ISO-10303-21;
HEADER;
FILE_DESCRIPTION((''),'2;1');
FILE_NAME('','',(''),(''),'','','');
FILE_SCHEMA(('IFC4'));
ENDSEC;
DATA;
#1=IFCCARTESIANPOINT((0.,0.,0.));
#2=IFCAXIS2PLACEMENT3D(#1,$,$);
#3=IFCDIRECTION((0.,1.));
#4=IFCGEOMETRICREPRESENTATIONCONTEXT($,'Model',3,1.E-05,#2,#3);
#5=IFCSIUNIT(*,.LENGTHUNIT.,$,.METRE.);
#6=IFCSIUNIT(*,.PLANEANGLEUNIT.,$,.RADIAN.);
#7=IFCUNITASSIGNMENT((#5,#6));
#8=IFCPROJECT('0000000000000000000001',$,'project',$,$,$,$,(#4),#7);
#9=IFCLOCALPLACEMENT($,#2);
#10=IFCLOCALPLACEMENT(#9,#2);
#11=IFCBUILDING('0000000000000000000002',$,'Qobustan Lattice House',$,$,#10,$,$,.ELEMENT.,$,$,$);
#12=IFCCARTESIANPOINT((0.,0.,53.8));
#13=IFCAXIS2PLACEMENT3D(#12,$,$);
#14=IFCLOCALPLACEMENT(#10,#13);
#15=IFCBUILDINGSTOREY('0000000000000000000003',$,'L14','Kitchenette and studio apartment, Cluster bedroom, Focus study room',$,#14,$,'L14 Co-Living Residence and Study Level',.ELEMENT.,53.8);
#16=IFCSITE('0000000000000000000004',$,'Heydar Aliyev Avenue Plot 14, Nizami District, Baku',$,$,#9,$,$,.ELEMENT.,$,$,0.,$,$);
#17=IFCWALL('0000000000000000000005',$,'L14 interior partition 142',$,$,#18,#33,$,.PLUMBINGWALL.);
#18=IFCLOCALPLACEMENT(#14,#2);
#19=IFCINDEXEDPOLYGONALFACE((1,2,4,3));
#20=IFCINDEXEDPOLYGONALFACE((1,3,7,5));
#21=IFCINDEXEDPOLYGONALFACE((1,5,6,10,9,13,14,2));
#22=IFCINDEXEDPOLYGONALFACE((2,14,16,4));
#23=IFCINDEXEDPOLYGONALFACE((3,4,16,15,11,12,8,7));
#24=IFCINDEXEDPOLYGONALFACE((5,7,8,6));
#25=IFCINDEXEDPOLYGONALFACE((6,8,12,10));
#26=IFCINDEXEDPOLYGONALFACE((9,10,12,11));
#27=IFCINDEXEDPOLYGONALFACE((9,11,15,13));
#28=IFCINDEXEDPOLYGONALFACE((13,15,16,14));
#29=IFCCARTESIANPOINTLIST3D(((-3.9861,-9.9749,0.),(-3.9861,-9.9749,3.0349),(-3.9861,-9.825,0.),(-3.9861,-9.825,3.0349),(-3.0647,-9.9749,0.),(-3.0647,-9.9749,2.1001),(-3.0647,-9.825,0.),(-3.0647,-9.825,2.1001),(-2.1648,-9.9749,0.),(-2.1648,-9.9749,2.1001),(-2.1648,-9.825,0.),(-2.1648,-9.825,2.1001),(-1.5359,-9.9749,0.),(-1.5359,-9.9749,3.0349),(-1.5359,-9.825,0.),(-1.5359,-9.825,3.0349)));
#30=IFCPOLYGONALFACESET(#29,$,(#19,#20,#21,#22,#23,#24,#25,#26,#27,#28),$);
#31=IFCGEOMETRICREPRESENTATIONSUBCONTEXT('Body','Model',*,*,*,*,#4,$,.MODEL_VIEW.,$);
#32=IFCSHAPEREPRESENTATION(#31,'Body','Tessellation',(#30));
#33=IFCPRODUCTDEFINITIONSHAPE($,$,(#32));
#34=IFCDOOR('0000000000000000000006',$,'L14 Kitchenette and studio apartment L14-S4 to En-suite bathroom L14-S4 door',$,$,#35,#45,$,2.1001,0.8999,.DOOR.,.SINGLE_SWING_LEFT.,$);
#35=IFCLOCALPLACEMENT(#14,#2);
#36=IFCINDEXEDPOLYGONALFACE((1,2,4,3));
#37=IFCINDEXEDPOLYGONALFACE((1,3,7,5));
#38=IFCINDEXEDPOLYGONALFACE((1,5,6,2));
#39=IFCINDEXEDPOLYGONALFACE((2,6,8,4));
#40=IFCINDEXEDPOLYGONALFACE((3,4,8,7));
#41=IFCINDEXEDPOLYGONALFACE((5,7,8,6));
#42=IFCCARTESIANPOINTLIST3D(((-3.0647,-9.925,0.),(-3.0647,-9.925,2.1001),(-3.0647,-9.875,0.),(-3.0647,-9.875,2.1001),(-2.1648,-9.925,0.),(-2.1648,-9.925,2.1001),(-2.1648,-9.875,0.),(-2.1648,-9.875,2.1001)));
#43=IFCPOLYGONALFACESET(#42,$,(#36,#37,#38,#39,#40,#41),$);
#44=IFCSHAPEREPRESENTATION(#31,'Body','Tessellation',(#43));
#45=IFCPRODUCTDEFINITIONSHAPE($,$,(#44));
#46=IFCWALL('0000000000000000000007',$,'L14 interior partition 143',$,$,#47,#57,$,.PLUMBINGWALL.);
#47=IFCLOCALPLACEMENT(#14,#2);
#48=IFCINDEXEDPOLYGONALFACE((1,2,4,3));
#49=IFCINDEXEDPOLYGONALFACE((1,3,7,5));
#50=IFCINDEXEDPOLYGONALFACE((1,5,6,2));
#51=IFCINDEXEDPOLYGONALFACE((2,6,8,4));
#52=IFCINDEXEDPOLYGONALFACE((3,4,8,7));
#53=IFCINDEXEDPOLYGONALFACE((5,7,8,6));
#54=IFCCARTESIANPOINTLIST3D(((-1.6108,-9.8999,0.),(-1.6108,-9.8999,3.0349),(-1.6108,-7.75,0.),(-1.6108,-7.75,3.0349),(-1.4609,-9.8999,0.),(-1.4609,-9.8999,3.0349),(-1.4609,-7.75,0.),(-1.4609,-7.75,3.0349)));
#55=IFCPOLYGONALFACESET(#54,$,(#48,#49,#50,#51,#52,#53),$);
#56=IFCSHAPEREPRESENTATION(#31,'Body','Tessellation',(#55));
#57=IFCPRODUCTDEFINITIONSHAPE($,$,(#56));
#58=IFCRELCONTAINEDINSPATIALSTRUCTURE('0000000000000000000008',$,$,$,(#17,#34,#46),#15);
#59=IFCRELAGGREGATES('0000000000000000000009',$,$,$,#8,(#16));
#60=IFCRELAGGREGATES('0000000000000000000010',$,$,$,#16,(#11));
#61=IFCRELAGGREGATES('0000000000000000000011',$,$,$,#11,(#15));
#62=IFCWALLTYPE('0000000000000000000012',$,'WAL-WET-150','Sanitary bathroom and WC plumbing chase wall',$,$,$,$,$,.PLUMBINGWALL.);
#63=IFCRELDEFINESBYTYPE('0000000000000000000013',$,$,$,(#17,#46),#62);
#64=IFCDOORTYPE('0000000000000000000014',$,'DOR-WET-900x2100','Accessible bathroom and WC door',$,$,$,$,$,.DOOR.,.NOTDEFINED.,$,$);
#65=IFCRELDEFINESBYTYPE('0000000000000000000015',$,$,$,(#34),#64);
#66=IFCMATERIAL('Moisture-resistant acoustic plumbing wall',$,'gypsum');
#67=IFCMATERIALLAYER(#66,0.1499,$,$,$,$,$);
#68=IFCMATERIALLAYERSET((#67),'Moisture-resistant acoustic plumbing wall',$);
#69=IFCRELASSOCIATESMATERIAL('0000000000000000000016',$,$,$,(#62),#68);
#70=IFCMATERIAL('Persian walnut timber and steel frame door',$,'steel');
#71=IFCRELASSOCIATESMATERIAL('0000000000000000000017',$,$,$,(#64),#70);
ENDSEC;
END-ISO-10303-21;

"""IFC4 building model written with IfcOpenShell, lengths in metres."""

from ifc_helpers import new_model, si_unit, direction, frame, frame_2d, origin, place, context, subcontext, project, spatial, rectangle, extrude, material, layer, layer_set, type_object, element, fill, save


model = new_model("IFC4")

# Units and contexts
model_context = context("Model", 3, precision=1e-05, world=origin(), true_north=direction((0.0, 1.0)))
body_context = subcontext(model_context, "Body", "Model", "MODEL_VIEW")
ifc_project = project(units=[si_unit("LENGTHUNIT", "METRE"), si_unit("PLANEANGLEUNIT", "RADIAN")], contexts=[model_context])

# Site, building, storey
site_placement = place(None, origin())
site = spatial("IfcSite", under=ifc_project, at=site_placement, Name="Heydar Aliyev Avenue Plot 14, Nizami District, Baku", CompositionType="ELEMENT", RefElevation=0.0)
building_placement = place(site_placement, origin())
building = spatial("IfcBuilding", under=site, at=building_placement, Name="Qobustan Lattice House", CompositionType="ELEMENT")
storey_placement = place(building_placement, frame((0.0, 0.0, 53.8)))
storey = spatial("IfcBuildingStorey", under=building, at=storey_placement, Name="L14", Description="Kitchenette and studio apartment, Cluster bedroom, Focus study room", LongName="L14 Co-Living Residence and Study Level", CompositionType="ELEMENT", Elevation=53.8)

# Shared definitions
ifc_material_1 = material(Name="Moisture-resistant acoustic plumbing wall", Category="gypsum")
ifc_layer_1 = layer(ifc_material_1, 0.1499)
ifc_layer_set_1 = layer_set([ifc_layer_1], Name="Moisture-resistant acoustic plumbing wall")
wall_type_1 = type_object("IfcWallType", Name="WAL-WET-150", Description="Sanitary bathroom and WC plumbing chase wall", PredefinedType="PLUMBINGWALL", material=ifc_layer_set_1)

# Shared definitions
ifc_material_2 = material(Name="Persian walnut timber and steel frame door", Category="steel")
door_type_1 = type_object("IfcDoorType", Name="DOR-WET-900x2100", Description="Accessible bathroom and WC door", OperationType="NOTDEFINED", PredefinedType="DOOR", material=ifc_material_2)

# Wall, opening, door
wall_1_placement = place(storey_placement, frame((-3.9861, -9.8999, 0.0), z_axis=(0.0, 0.0, 1.0), x_axis=(1.0, 0.0, 0.0)))
wall_1 = element("IfcWall", 1, at=wall_1_placement, inside=storey, type_object=wall_type_1, Name="L14 interior partition 142", PredefinedType="PLUMBINGWALL", context=body_context, shape_type="SweptSolid", body=[
    extrude(rectangle(XDim=2.4502, YDim=0.1499, at=frame_2d((1.2251, 0.0))), origin(), (0.0, 0.0, 1.0), 3.0349),
])
opening_1_placement = place(wall_1_placement, frame((0.9214, 0.0, 0.0)))
opening_1 = element("IfcOpeningElement", 2, at=opening_1_placement, cuts=wall_1, PredefinedType="OPENING", context=body_context, shape_type="SweptSolid", body=[
    extrude(rectangle(XDim=0.8999, YDim=2.1001, at=frame_2d((0.45, 1.05))), frame((0.0, 0.085, 0.0), z_axis=(0.0, -1.0, 0.0), x_axis=(1.0, 0.0, 0.0)), (0.0, 0.0, 1.0), 0.1699),
])
door_1_placement = place(opening_1_placement, origin())
door_1 = element("IfcDoor", 3, at=door_1_placement, inside=storey, type_object=door_type_1, Name="L14 Kitchenette and studio apartment L14-S4 to En-suite bathroom L14-S4 door", OperationType="SINGLE_SWING_LEFT", OverallHeight=2.1001, OverallWidth=0.8999, PredefinedType="DOOR", context=body_context, shape_type="SweptSolid", body=[
    extrude(rectangle(XDim=0.8999, YDim=2.1001, at=frame_2d((0.45, 1.05))), frame((0.0, 0.0249, 0.0), z_axis=(0.0, -1.0, 0.0), x_axis=(1.0, 0.0, 0.0)), (0.0, 0.0, 1.0), 0.05),
])
fill(opening_1, door_1)

# Wall
wall_2_placement = place(storey_placement, frame((-1.5359, -9.8999, 0.0), z_axis=(0.0, 0.0, 1.0), x_axis=(0.0, 1.0, 0.0)))
element("IfcWall", 4, at=wall_2_placement, inside=storey, type_object=wall_type_1, Name="L14 interior partition 143", PredefinedType="PLUMBINGWALL", context=body_context, shape_type="SweptSolid", body=[
    extrude(rectangle(XDim=2.1499, YDim=0.1499, at=frame_2d((1.075, 0.0))), origin(), (0.0, 0.0, 1.0), 3.0349),
])

save(model, "model.ifc")
